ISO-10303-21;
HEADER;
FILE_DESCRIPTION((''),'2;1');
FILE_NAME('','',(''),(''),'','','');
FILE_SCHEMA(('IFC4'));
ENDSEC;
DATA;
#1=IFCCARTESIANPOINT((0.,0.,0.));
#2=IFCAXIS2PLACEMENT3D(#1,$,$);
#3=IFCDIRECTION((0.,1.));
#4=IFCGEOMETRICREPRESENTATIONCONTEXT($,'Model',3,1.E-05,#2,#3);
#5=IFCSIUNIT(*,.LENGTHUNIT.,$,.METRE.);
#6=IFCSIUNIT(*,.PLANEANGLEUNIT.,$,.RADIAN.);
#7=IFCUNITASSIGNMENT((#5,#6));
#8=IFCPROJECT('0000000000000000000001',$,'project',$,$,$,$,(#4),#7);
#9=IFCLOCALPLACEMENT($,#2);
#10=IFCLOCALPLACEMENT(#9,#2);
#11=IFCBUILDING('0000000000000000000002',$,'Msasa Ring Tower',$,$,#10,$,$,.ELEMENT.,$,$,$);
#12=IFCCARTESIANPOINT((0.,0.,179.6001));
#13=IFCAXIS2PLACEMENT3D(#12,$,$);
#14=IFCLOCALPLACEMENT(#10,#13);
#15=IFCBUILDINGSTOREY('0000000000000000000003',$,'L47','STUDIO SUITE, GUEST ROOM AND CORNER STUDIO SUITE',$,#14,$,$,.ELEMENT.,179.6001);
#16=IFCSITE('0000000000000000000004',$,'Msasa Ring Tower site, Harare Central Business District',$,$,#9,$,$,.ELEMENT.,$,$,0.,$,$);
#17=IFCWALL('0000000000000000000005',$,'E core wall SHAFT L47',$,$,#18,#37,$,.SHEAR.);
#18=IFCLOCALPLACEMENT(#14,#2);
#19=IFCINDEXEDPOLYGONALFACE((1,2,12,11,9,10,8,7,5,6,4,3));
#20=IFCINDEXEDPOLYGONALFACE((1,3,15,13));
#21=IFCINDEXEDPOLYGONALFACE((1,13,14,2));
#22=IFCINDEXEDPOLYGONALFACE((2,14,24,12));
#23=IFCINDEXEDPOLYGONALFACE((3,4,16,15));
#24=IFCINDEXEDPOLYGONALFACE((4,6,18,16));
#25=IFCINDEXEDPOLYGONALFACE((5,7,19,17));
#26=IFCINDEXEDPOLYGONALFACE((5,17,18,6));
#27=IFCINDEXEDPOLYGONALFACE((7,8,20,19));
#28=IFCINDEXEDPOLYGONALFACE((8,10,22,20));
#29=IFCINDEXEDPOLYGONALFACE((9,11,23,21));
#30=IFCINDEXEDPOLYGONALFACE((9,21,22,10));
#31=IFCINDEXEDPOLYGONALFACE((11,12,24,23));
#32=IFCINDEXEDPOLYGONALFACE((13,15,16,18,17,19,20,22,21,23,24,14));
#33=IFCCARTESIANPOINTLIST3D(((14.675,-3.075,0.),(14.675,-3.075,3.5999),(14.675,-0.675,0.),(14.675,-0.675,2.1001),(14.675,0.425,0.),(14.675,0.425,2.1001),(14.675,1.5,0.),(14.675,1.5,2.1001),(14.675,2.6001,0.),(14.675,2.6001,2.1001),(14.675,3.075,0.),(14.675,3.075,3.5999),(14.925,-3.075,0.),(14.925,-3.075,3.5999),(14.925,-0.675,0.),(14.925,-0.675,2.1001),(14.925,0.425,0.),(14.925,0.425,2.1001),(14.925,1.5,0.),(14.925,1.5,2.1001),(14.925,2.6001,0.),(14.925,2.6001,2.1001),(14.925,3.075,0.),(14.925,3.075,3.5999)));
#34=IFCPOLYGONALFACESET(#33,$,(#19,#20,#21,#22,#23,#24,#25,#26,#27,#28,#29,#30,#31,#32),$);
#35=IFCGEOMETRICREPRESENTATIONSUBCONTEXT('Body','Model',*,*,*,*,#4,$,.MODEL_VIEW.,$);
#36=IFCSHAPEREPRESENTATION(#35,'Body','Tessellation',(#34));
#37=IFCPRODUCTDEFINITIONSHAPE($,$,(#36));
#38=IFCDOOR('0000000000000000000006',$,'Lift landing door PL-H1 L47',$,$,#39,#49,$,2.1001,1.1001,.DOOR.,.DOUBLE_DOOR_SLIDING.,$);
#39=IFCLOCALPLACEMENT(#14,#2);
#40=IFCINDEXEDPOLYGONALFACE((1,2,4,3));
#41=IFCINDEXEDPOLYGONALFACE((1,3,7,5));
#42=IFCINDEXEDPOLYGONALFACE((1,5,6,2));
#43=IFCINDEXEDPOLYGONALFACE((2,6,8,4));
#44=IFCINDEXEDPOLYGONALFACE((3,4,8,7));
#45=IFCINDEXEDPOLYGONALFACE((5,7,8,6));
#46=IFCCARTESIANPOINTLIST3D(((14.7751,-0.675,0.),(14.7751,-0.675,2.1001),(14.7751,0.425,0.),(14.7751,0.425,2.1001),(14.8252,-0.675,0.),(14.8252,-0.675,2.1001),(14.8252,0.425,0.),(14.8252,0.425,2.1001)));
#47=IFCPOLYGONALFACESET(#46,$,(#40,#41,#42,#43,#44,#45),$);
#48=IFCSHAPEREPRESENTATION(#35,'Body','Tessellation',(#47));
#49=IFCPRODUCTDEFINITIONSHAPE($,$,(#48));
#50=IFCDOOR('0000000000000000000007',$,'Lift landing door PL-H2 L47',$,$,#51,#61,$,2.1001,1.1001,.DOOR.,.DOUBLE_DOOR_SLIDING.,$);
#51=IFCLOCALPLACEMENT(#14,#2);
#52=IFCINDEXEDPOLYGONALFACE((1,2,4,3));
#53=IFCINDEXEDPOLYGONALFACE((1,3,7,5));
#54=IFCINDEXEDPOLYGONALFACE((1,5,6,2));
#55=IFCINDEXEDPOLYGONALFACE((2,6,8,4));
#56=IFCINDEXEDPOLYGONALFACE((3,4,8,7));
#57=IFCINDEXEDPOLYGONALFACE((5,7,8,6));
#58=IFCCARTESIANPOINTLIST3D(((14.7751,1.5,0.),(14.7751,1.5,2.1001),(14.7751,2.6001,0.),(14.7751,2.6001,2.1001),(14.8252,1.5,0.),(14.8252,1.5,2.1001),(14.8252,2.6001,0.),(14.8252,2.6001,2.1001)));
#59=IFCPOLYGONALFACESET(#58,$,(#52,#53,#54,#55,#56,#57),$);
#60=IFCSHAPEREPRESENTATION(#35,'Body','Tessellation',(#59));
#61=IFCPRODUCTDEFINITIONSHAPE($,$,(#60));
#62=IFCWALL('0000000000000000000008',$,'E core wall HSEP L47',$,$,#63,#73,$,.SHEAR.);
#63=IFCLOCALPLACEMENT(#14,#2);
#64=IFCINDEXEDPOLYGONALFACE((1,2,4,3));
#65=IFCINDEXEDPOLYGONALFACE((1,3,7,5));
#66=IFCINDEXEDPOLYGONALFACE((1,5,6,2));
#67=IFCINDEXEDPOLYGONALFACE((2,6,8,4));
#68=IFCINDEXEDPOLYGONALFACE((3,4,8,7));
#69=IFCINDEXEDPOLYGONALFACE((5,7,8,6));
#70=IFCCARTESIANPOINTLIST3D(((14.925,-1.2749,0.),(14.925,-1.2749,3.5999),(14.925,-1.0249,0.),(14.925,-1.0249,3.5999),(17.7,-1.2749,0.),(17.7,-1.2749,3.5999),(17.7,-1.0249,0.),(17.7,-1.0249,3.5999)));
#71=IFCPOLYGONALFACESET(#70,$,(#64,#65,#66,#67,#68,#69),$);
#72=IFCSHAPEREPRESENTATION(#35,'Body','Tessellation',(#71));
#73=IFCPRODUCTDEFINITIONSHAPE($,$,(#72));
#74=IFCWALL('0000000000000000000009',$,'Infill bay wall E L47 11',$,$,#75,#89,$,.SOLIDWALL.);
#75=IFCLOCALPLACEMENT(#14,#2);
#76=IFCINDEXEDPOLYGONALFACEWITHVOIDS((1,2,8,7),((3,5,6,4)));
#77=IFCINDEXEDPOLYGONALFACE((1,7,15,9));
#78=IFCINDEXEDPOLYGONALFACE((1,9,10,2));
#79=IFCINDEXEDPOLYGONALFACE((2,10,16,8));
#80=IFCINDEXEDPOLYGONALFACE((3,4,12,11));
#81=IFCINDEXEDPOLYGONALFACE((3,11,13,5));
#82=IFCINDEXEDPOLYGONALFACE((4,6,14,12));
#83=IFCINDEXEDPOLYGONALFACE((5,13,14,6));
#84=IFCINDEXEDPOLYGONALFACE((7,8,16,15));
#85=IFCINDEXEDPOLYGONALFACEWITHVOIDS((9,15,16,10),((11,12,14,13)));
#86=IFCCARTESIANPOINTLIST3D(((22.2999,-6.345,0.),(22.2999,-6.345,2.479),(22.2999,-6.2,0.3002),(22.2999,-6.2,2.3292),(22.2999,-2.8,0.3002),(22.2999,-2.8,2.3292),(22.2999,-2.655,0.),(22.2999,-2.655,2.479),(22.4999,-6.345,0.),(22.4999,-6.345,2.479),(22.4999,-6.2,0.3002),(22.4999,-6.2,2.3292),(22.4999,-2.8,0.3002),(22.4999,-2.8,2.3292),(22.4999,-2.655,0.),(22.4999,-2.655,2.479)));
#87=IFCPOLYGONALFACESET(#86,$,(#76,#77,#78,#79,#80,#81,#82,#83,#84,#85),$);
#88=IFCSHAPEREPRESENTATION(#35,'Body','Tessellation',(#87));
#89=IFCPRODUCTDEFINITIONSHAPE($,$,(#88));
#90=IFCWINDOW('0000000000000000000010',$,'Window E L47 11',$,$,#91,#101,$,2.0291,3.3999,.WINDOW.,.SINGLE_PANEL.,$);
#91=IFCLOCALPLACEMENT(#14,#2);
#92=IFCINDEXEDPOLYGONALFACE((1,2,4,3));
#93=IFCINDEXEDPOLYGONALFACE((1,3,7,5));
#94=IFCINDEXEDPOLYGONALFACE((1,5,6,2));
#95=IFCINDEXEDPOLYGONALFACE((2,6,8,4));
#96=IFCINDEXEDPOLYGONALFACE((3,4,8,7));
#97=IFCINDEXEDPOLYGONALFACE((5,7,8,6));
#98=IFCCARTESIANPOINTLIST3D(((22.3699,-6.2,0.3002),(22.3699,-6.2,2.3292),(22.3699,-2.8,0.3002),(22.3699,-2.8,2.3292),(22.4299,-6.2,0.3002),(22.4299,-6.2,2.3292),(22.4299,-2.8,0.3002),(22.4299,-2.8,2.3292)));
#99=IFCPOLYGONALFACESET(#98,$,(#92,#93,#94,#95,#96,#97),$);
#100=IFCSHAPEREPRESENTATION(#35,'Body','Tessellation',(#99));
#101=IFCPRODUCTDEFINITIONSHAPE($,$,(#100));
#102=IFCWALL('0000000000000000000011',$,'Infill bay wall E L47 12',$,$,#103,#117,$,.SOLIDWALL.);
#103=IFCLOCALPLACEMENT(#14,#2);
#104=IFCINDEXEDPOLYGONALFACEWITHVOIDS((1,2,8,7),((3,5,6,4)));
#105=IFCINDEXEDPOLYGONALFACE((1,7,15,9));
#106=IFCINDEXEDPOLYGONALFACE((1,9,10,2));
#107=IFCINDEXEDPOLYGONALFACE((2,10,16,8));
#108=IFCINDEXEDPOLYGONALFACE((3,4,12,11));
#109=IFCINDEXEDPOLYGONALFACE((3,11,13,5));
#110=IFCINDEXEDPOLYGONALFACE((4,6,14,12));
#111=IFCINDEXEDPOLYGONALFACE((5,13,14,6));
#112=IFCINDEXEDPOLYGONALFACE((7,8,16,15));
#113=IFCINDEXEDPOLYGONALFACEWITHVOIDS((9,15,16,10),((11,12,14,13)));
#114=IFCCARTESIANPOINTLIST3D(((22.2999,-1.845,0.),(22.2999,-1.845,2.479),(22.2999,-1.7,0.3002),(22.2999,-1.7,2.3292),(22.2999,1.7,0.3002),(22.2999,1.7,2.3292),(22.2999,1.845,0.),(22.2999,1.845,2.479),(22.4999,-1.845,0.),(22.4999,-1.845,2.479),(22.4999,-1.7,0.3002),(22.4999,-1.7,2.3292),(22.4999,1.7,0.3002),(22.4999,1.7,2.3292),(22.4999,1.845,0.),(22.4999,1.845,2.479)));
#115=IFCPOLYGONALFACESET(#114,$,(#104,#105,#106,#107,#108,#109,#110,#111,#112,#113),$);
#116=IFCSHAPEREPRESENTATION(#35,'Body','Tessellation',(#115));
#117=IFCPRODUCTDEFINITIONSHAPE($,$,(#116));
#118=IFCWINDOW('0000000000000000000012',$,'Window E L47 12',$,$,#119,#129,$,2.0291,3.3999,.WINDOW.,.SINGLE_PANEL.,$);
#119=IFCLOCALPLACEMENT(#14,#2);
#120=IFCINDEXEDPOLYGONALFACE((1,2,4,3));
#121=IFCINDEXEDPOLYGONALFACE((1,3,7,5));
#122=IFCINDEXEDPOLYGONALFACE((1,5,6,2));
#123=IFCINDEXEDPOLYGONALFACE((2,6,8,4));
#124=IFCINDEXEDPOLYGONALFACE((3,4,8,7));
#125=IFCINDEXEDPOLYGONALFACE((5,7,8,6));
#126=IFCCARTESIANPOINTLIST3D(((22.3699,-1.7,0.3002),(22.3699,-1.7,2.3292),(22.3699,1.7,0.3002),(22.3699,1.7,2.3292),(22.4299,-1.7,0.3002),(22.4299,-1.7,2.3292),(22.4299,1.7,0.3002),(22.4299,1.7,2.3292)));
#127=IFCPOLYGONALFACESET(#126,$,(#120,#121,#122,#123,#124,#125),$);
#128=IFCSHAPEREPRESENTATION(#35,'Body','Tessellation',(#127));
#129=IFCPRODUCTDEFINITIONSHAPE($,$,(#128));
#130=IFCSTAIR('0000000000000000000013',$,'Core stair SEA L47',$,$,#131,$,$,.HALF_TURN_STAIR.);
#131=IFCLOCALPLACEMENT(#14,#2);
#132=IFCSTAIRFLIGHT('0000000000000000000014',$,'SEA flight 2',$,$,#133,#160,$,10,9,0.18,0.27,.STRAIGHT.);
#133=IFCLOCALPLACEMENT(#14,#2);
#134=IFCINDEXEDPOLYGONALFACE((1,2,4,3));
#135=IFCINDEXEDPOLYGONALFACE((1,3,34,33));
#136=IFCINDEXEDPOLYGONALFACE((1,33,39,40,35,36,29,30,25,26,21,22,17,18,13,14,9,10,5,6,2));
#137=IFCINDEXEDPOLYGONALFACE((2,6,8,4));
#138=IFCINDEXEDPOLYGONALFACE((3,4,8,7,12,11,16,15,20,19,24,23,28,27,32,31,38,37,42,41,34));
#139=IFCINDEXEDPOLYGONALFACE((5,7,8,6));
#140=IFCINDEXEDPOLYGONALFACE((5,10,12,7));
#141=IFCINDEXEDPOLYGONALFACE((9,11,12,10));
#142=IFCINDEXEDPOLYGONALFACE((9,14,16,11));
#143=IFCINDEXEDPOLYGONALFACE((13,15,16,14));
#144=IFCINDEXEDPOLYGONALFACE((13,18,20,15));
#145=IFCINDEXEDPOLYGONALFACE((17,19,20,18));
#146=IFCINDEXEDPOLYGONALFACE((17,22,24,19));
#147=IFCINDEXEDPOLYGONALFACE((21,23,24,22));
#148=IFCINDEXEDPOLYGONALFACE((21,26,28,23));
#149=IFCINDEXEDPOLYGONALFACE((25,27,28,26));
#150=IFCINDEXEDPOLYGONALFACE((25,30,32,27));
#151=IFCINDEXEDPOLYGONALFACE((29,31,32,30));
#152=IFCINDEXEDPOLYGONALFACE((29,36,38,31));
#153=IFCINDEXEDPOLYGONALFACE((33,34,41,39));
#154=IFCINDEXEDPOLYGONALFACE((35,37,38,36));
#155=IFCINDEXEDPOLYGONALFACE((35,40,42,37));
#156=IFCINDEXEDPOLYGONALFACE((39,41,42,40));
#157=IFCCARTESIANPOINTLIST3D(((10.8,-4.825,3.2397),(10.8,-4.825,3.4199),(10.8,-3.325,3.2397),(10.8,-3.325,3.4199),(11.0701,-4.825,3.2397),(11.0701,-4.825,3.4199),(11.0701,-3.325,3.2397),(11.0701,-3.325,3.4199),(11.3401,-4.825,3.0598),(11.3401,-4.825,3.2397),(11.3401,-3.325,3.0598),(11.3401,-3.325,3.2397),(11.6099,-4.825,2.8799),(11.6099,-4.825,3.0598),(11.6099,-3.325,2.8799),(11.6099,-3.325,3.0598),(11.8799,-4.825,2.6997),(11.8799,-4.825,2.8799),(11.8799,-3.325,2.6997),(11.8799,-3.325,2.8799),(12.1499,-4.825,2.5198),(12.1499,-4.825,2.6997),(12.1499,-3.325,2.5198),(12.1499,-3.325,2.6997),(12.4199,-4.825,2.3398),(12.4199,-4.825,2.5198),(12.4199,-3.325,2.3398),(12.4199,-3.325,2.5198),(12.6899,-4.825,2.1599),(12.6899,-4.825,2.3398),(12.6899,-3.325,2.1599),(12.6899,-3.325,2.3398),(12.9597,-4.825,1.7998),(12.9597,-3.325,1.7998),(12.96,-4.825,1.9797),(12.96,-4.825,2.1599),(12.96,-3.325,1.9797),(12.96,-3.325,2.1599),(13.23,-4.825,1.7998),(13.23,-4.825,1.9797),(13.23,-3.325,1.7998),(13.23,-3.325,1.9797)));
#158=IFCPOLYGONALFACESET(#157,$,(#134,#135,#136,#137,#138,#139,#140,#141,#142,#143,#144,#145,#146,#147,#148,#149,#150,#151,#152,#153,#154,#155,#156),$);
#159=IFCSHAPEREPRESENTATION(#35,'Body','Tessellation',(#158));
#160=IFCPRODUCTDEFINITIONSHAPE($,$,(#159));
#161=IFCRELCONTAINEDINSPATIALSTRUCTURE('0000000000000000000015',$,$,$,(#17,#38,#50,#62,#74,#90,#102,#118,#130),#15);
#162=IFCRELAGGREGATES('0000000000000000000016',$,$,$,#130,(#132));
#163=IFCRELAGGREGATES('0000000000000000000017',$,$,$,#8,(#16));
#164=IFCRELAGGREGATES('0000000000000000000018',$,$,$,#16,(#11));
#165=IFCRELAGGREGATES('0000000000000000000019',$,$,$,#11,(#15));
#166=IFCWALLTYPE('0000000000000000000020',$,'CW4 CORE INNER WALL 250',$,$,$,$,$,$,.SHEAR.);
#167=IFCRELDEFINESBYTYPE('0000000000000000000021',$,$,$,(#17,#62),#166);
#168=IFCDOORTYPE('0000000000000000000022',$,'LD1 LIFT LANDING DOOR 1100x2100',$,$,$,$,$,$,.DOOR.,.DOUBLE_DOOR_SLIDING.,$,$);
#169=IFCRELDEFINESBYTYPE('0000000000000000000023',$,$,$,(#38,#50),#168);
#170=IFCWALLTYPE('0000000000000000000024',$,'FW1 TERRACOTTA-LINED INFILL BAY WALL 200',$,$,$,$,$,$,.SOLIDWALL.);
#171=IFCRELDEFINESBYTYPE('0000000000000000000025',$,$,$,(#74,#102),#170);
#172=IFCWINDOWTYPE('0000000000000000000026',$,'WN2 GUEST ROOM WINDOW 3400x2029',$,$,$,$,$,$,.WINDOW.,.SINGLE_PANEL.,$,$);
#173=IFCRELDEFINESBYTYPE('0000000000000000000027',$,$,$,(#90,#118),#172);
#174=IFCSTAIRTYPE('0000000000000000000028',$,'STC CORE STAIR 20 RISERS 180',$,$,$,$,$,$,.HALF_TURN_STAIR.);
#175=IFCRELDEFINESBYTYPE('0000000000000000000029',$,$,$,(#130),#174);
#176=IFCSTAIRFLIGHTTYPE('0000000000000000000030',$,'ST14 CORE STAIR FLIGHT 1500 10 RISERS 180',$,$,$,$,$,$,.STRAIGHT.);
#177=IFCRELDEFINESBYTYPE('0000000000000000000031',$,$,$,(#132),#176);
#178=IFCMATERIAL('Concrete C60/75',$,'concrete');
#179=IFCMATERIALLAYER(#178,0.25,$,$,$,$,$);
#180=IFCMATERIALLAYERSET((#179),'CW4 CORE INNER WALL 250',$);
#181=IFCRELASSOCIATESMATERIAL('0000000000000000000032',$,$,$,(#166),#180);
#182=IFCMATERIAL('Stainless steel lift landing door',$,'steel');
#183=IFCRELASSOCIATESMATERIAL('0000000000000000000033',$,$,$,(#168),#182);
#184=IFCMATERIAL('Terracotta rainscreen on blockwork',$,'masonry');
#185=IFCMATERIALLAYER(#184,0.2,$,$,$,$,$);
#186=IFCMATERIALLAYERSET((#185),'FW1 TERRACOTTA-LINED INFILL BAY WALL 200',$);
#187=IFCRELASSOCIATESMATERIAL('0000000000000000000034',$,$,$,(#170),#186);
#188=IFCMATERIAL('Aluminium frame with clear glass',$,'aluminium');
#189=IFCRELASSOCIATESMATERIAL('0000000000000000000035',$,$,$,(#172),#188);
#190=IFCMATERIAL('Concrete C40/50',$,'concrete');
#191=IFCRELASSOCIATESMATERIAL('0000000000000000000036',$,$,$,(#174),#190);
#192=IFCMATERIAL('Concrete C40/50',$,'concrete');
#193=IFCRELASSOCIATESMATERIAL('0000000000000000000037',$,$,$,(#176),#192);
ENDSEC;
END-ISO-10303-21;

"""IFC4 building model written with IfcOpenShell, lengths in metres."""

from ifc_helpers import new_model, si_unit, direction, frame, frame_2d, origin, place, context, subcontext, project, spatial, polyline, rectangle, outline, extrude, material, layer, layer_set, type_object, element, fill, aggregate, save


model = new_model("IFC4")

# Units and contexts
model_context = context("Model", 3, precision=1e-05, world=origin(), true_north=direction((0.0, 1.0)))
body_context = subcontext(model_context, "Body", "Model", "MODEL_VIEW")
ifc_project = project(units=[si_unit("LENGTHUNIT", "METRE"), si_unit("PLANEANGLEUNIT", "RADIAN")], contexts=[model_context])

# Site, building, storey
site_placement = place(None, origin())
site = spatial("IfcSite", under=ifc_project, at=site_placement, Name="Msasa Ring Tower site, Harare Central Business District", CompositionType="ELEMENT", RefElevation=0.0)
building_placement = place(site_placement, origin())
building = spatial("IfcBuilding", under=site, at=building_placement, Name="Msasa Ring Tower", CompositionType="ELEMENT")
storey_placement = place(building_placement, frame((0.0, 0.0, 179.6001)))
storey = spatial("IfcBuildingStorey", under=building, at=storey_placement, Name="L47", Description="STUDIO SUITE, GUEST ROOM AND CORNER STUDIO SUITE", CompositionType="ELEMENT", Elevation=179.6001)

# Shared definitions
ifc_material_1 = material(Name="Concrete C60/75", Category="concrete")
ifc_layer_1 = layer(ifc_material_1, 0.25)
ifc_layer_set_1 = layer_set([ifc_layer_1], Name="CW4 CORE INNER WALL 250")
wall_type_1 = type_object("IfcWallType", Name="CW4 CORE INNER WALL 250", PredefinedType="SHEAR", material=ifc_layer_set_1)

# Wall, openings, doors
wall_1_placement = place(storey_placement, frame((14.8, -3.075, 0.0), z_axis=(0.0, 0.0, 1.0), x_axis=(0.0, 1.0, 0.0)))
wall_1 = element("IfcWall", 1, at=wall_1_placement, inside=storey, type_object=wall_type_1, Name="E core wall SHAFT L47", PredefinedType="SHEAR", context=body_context, shape_type="SweptSolid", body=[
    extrude(rectangle(XDim=6.1499, YDim=0.25, at=frame_2d((3.075, 0.0))), origin(), (0.0, 0.0, 1.0), 3.5999),
])
opening_1_placement = place(wall_1_placement, frame((2.3999, 0.0, 0.0)))
opening_1 = element("IfcOpeningElement", 2, at=opening_1_placement, cuts=wall_1, PredefinedType="OPENING", context=body_context, shape_type="SweptSolid", body=[
    extrude(rectangle(XDim=1.1001, YDim=2.1001, at=frame_2d((0.55, 1.05))), frame((0.0, 0.135, 0.0), z_axis=(0.0, -1.0, 0.0), x_axis=(1.0, 0.0, 0.0)), (0.0, 0.0, 1.0), 0.27),
])
opening_2_placement = place(wall_1_placement, frame((4.575, 0.0, 0.0)))
opening_2 = element("IfcOpeningElement", 3, at=opening_2_placement, cuts=wall_1, PredefinedType="OPENING", context=body_context, shape_type="SweptSolid", body=[
    extrude(rectangle(XDim=1.1001, YDim=2.1001, at=frame_2d((0.55, 1.05))), frame((0.0, 0.135, 0.0), z_axis=(0.0, -1.0, 0.0), x_axis=(1.0, 0.0, 0.0)), (0.0, 0.0, 1.0), 0.27),
])
ifc_material_2 = material(Name="Stainless steel lift landing door", Category="steel")
door_type = type_object("IfcDoorType", Name="LD1 LIFT LANDING DOOR 1100x2100", OperationType="DOUBLE_DOOR_SLIDING", PredefinedType="DOOR", material=ifc_material_2)
door_1_placement = place(opening_1_placement, origin())
door_1 = element("IfcDoor", 4, at=door_1_placement, inside=storey, type_object=door_type, Name="Lift landing door PL-H1 L47", OperationType="DOUBLE_DOOR_SLIDING", OverallHeight=2.1001, OverallWidth=1.1001, PredefinedType="DOOR", context=body_context, shape_type="SweptSolid", body=[
    extrude(rectangle(XDim=1.1001, YDim=2.1001, at=frame_2d((0.55, 1.05))), frame((0.0, 0.0249, 0.0), z_axis=(0.0, -1.0, 0.0), x_axis=(1.0, 0.0, 0.0)), (0.0, 0.0, 1.0), 0.05),
])
fill(opening_1, door_1)
door_2_placement = place(opening_2_placement, origin())
door_2 = element("IfcDoor", 5, at=door_2_placement, inside=storey, type_object=door_type, Name="Lift landing door PL-H2 L47", OperationType="DOUBLE_DOOR_SLIDING", OverallHeight=2.1001, OverallWidth=1.1001, PredefinedType="DOOR", context=body_context, shape_type="SweptSolid", body=[
    extrude(rectangle(XDim=1.1001, YDim=2.1001, at=frame_2d((0.55, 1.05))), frame((0.0, 0.0249, 0.0), z_axis=(0.0, -1.0, 0.0), x_axis=(1.0, 0.0, 0.0)), (0.0, 0.0, 1.0), 0.05),
])
fill(opening_2, door_2)

# Wall
wall_2_placement = place(storey_placement, frame((14.925, -1.1499, 0.0), z_axis=(0.0, 0.0, 1.0), x_axis=(1.0, 0.0, 0.0)))
element("IfcWall", 6, at=wall_2_placement, inside=storey, type_object=wall_type_1, Name="E core wall HSEP L47", PredefinedType="SHEAR", context=body_context, shape_type="SweptSolid", body=[
    extrude(rectangle(XDim=2.7749, YDim=0.25, at=frame_2d((1.3875, 0.0))), origin(), (0.0, 0.0, 1.0), 3.5999),
])

# Walls, openings, windows
ifc_material_3 = material(Name="Terracotta rainscreen on blockwork", Category="masonry")
ifc_layer_2 = layer(ifc_material_3, 0.2)
ifc_layer_set_2 = layer_set([ifc_layer_2], Name="FW1 TERRACOTTA-LINED INFILL BAY WALL 200")
wall_type_2 = type_object("IfcWallType", Name="FW1 TERRACOTTA-LINED INFILL BAY WALL 200", PredefinedType="SOLIDWALL", material=ifc_layer_set_2)
wall_3_placement = place(storey_placement, frame((22.3999, -6.345, 0.0), z_axis=(0.0, 0.0, 1.0), x_axis=(0.0, 1.0, 0.0)))
wall_3 = element("IfcWall", 7, at=wall_3_placement, inside=storey, type_object=wall_type_2, Name="Infill bay wall E L47 11", PredefinedType="SOLIDWALL", context=body_context, shape_type="SweptSolid", body=[
    extrude(rectangle(XDim=3.6899, YDim=0.2, at=frame_2d((1.845, 0.0))), origin(), (0.0, 0.0, 1.0), 2.479),
])
opening_3_placement = place(wall_3_placement, frame((0.145, 0.0, 0.3)))
opening_3 = element("IfcOpeningElement", 8, at=opening_3_placement, cuts=wall_3, PredefinedType="OPENING", context=body_context, shape_type="SweptSolid", body=[
    extrude(rectangle(XDim=3.3999, YDim=2.0291, at=frame_2d((1.7, 1.0146))), frame((0.0, 0.1099, 0.0), z_axis=(0.0, -1.0, 0.0), x_axis=(1.0, 0.0, 0.0)), (0.0, 0.0, 1.0), 0.22),
])
ifc_material_4 = material(Name="Aluminium frame with clear glass", Category="aluminium")
window_type = type_object("IfcWindowType", Name="WN2 GUEST ROOM WINDOW 3400x2029", PartitioningType="SINGLE_PANEL", PredefinedType="WINDOW", material=ifc_material_4)
window_1_placement = place(opening_3_placement, origin())
window_1 = element("IfcWindow", 9, at=window_1_placement, inside=storey, type_object=window_type, Name="Window E L47 11", OverallHeight=2.0291, OverallWidth=3.3999, PartitioningType="SINGLE_PANEL", PredefinedType="WINDOW", context=body_context, shape_type="SweptSolid", body=[
    extrude(rectangle(XDim=3.3999, YDim=2.0291, at=frame_2d((1.7, 1.0146))), frame((0.0, 0.03, 0.0), z_axis=(0.0, -1.0, 0.0), x_axis=(1.0, 0.0, 0.0)), (0.0, 0.0, 1.0), 0.0601),
])
fill(opening_3, window_1)
wall_4_placement = place(storey_placement, frame((22.3999, -1.845, 0.0), z_axis=(0.0, 0.0, 1.0), x_axis=(0.0, 1.0, 0.0)))
wall_4 = element("IfcWall", 10, at=wall_4_placement, inside=storey, type_object=wall_type_2, Name="Infill bay wall E L47 12", PredefinedType="SOLIDWALL", context=body_context, shape_type="SweptSolid", body=[
    extrude(rectangle(XDim=3.6899, YDim=0.2, at=frame_2d((1.845, 0.0))), origin(), (0.0, 0.0, 1.0), 2.479),
])
opening_4_placement = place(wall_4_placement, frame((0.145, 0.0, 0.3)))
opening_4 = element("IfcOpeningElement", 11, at=opening_4_placement, cuts=wall_4, PredefinedType="OPENING", context=body_context, shape_type="SweptSolid", body=[
    extrude(rectangle(XDim=3.3999, YDim=2.0291, at=frame_2d((1.7, 1.0146))), frame((0.0, 0.1099, 0.0), z_axis=(0.0, -1.0, 0.0), x_axis=(1.0, 0.0, 0.0)), (0.0, 0.0, 1.0), 0.22),
])
window_2_placement = place(opening_4_placement, origin())
window_2 = element("IfcWindow", 12, at=window_2_placement, inside=storey, type_object=window_type, Name="Window E L47 12", OverallHeight=2.0291, OverallWidth=3.3999, PartitioningType="SINGLE_PANEL", PredefinedType="WINDOW", context=body_context, shape_type="SweptSolid", body=[
    extrude(rectangle(XDim=3.3999, YDim=2.0291, at=frame_2d((1.7, 1.0146))), frame((0.0, 0.03, 0.0), z_axis=(0.0, -1.0, 0.0), x_axis=(1.0, 0.0, 0.0)), (0.0, 0.0, 1.0), 0.0601),
])
fill(opening_4, window_2)

# Stair, stair flight
ifc_material_5 = material(Name="Concrete C40/50", Category="concrete")
stair_type = type_object("IfcStairType", Name="STC CORE STAIR 20 RISERS 180", PredefinedType="HALF_TURN_STAIR", material=ifc_material_5)
stair_placement = place(storey_placement, origin())
stair = element("IfcStair", 13, at=stair_placement, inside=storey, type_object=stair_type, Name="Core stair SEA L47", PredefinedType="HALF_TURN_STAIR")
ifc_material_6 = material(Name="Concrete C40/50", Category="concrete")
stair_flight_type = type_object("IfcStairFlightType", Name="ST14 CORE STAIR FLIGHT 1500 10 RISERS 180", PredefinedType="STRAIGHT", material=ifc_material_6)
stair_flight_placement = place(storey_placement, frame((13.23, -4.075, 1.7998), z_axis=(0.0, 0.0, 1.0), x_axis=(-1.0, 0.0, 0.0)))
stair_flight = element("IfcStairFlight", 14, at=stair_flight_placement, type_object=stair_flight_type, Name="SEA flight 2", NumberOfRisers=10, NumberOfTreads=9, PredefinedType="STRAIGHT", RiserHeight=0.18, TreadLength=0.27, context=body_context, shape_type="SweptSolid", body=[
    extrude(outline(polyline([(0.0, 0.0), (0.0, 0.1799), (0.27, 0.1799), (0.27, 0.3601), (0.54, 0.3601), (0.54, 0.54), (0.8101, 0.54), (0.8101, 0.72), (1.0801, 0.72), (1.0801, 0.8999), (1.3501, 0.8999), (1.3501, 1.0801), (1.6201, 1.0801), (1.6201, 1.26), (1.8899, 1.26), (1.8899, 1.4399), (2.1599, 1.4399), (2.1599, 1.6201), (2.4299, 1.6201), (2.4299, 1.8), (2.4299, 1.4399), (0.2703, 0.0), (0.0, 0.0)])), frame((0.0, 0.75, 0.0), z_axis=(0.0, -1.0, 0.0), x_axis=(1.0, 0.0, 0.0)), (0.0, 0.0, 1.0), 1.5),
])
aggregate(stair, [stair_flight])

save(model, "model.ifc")
